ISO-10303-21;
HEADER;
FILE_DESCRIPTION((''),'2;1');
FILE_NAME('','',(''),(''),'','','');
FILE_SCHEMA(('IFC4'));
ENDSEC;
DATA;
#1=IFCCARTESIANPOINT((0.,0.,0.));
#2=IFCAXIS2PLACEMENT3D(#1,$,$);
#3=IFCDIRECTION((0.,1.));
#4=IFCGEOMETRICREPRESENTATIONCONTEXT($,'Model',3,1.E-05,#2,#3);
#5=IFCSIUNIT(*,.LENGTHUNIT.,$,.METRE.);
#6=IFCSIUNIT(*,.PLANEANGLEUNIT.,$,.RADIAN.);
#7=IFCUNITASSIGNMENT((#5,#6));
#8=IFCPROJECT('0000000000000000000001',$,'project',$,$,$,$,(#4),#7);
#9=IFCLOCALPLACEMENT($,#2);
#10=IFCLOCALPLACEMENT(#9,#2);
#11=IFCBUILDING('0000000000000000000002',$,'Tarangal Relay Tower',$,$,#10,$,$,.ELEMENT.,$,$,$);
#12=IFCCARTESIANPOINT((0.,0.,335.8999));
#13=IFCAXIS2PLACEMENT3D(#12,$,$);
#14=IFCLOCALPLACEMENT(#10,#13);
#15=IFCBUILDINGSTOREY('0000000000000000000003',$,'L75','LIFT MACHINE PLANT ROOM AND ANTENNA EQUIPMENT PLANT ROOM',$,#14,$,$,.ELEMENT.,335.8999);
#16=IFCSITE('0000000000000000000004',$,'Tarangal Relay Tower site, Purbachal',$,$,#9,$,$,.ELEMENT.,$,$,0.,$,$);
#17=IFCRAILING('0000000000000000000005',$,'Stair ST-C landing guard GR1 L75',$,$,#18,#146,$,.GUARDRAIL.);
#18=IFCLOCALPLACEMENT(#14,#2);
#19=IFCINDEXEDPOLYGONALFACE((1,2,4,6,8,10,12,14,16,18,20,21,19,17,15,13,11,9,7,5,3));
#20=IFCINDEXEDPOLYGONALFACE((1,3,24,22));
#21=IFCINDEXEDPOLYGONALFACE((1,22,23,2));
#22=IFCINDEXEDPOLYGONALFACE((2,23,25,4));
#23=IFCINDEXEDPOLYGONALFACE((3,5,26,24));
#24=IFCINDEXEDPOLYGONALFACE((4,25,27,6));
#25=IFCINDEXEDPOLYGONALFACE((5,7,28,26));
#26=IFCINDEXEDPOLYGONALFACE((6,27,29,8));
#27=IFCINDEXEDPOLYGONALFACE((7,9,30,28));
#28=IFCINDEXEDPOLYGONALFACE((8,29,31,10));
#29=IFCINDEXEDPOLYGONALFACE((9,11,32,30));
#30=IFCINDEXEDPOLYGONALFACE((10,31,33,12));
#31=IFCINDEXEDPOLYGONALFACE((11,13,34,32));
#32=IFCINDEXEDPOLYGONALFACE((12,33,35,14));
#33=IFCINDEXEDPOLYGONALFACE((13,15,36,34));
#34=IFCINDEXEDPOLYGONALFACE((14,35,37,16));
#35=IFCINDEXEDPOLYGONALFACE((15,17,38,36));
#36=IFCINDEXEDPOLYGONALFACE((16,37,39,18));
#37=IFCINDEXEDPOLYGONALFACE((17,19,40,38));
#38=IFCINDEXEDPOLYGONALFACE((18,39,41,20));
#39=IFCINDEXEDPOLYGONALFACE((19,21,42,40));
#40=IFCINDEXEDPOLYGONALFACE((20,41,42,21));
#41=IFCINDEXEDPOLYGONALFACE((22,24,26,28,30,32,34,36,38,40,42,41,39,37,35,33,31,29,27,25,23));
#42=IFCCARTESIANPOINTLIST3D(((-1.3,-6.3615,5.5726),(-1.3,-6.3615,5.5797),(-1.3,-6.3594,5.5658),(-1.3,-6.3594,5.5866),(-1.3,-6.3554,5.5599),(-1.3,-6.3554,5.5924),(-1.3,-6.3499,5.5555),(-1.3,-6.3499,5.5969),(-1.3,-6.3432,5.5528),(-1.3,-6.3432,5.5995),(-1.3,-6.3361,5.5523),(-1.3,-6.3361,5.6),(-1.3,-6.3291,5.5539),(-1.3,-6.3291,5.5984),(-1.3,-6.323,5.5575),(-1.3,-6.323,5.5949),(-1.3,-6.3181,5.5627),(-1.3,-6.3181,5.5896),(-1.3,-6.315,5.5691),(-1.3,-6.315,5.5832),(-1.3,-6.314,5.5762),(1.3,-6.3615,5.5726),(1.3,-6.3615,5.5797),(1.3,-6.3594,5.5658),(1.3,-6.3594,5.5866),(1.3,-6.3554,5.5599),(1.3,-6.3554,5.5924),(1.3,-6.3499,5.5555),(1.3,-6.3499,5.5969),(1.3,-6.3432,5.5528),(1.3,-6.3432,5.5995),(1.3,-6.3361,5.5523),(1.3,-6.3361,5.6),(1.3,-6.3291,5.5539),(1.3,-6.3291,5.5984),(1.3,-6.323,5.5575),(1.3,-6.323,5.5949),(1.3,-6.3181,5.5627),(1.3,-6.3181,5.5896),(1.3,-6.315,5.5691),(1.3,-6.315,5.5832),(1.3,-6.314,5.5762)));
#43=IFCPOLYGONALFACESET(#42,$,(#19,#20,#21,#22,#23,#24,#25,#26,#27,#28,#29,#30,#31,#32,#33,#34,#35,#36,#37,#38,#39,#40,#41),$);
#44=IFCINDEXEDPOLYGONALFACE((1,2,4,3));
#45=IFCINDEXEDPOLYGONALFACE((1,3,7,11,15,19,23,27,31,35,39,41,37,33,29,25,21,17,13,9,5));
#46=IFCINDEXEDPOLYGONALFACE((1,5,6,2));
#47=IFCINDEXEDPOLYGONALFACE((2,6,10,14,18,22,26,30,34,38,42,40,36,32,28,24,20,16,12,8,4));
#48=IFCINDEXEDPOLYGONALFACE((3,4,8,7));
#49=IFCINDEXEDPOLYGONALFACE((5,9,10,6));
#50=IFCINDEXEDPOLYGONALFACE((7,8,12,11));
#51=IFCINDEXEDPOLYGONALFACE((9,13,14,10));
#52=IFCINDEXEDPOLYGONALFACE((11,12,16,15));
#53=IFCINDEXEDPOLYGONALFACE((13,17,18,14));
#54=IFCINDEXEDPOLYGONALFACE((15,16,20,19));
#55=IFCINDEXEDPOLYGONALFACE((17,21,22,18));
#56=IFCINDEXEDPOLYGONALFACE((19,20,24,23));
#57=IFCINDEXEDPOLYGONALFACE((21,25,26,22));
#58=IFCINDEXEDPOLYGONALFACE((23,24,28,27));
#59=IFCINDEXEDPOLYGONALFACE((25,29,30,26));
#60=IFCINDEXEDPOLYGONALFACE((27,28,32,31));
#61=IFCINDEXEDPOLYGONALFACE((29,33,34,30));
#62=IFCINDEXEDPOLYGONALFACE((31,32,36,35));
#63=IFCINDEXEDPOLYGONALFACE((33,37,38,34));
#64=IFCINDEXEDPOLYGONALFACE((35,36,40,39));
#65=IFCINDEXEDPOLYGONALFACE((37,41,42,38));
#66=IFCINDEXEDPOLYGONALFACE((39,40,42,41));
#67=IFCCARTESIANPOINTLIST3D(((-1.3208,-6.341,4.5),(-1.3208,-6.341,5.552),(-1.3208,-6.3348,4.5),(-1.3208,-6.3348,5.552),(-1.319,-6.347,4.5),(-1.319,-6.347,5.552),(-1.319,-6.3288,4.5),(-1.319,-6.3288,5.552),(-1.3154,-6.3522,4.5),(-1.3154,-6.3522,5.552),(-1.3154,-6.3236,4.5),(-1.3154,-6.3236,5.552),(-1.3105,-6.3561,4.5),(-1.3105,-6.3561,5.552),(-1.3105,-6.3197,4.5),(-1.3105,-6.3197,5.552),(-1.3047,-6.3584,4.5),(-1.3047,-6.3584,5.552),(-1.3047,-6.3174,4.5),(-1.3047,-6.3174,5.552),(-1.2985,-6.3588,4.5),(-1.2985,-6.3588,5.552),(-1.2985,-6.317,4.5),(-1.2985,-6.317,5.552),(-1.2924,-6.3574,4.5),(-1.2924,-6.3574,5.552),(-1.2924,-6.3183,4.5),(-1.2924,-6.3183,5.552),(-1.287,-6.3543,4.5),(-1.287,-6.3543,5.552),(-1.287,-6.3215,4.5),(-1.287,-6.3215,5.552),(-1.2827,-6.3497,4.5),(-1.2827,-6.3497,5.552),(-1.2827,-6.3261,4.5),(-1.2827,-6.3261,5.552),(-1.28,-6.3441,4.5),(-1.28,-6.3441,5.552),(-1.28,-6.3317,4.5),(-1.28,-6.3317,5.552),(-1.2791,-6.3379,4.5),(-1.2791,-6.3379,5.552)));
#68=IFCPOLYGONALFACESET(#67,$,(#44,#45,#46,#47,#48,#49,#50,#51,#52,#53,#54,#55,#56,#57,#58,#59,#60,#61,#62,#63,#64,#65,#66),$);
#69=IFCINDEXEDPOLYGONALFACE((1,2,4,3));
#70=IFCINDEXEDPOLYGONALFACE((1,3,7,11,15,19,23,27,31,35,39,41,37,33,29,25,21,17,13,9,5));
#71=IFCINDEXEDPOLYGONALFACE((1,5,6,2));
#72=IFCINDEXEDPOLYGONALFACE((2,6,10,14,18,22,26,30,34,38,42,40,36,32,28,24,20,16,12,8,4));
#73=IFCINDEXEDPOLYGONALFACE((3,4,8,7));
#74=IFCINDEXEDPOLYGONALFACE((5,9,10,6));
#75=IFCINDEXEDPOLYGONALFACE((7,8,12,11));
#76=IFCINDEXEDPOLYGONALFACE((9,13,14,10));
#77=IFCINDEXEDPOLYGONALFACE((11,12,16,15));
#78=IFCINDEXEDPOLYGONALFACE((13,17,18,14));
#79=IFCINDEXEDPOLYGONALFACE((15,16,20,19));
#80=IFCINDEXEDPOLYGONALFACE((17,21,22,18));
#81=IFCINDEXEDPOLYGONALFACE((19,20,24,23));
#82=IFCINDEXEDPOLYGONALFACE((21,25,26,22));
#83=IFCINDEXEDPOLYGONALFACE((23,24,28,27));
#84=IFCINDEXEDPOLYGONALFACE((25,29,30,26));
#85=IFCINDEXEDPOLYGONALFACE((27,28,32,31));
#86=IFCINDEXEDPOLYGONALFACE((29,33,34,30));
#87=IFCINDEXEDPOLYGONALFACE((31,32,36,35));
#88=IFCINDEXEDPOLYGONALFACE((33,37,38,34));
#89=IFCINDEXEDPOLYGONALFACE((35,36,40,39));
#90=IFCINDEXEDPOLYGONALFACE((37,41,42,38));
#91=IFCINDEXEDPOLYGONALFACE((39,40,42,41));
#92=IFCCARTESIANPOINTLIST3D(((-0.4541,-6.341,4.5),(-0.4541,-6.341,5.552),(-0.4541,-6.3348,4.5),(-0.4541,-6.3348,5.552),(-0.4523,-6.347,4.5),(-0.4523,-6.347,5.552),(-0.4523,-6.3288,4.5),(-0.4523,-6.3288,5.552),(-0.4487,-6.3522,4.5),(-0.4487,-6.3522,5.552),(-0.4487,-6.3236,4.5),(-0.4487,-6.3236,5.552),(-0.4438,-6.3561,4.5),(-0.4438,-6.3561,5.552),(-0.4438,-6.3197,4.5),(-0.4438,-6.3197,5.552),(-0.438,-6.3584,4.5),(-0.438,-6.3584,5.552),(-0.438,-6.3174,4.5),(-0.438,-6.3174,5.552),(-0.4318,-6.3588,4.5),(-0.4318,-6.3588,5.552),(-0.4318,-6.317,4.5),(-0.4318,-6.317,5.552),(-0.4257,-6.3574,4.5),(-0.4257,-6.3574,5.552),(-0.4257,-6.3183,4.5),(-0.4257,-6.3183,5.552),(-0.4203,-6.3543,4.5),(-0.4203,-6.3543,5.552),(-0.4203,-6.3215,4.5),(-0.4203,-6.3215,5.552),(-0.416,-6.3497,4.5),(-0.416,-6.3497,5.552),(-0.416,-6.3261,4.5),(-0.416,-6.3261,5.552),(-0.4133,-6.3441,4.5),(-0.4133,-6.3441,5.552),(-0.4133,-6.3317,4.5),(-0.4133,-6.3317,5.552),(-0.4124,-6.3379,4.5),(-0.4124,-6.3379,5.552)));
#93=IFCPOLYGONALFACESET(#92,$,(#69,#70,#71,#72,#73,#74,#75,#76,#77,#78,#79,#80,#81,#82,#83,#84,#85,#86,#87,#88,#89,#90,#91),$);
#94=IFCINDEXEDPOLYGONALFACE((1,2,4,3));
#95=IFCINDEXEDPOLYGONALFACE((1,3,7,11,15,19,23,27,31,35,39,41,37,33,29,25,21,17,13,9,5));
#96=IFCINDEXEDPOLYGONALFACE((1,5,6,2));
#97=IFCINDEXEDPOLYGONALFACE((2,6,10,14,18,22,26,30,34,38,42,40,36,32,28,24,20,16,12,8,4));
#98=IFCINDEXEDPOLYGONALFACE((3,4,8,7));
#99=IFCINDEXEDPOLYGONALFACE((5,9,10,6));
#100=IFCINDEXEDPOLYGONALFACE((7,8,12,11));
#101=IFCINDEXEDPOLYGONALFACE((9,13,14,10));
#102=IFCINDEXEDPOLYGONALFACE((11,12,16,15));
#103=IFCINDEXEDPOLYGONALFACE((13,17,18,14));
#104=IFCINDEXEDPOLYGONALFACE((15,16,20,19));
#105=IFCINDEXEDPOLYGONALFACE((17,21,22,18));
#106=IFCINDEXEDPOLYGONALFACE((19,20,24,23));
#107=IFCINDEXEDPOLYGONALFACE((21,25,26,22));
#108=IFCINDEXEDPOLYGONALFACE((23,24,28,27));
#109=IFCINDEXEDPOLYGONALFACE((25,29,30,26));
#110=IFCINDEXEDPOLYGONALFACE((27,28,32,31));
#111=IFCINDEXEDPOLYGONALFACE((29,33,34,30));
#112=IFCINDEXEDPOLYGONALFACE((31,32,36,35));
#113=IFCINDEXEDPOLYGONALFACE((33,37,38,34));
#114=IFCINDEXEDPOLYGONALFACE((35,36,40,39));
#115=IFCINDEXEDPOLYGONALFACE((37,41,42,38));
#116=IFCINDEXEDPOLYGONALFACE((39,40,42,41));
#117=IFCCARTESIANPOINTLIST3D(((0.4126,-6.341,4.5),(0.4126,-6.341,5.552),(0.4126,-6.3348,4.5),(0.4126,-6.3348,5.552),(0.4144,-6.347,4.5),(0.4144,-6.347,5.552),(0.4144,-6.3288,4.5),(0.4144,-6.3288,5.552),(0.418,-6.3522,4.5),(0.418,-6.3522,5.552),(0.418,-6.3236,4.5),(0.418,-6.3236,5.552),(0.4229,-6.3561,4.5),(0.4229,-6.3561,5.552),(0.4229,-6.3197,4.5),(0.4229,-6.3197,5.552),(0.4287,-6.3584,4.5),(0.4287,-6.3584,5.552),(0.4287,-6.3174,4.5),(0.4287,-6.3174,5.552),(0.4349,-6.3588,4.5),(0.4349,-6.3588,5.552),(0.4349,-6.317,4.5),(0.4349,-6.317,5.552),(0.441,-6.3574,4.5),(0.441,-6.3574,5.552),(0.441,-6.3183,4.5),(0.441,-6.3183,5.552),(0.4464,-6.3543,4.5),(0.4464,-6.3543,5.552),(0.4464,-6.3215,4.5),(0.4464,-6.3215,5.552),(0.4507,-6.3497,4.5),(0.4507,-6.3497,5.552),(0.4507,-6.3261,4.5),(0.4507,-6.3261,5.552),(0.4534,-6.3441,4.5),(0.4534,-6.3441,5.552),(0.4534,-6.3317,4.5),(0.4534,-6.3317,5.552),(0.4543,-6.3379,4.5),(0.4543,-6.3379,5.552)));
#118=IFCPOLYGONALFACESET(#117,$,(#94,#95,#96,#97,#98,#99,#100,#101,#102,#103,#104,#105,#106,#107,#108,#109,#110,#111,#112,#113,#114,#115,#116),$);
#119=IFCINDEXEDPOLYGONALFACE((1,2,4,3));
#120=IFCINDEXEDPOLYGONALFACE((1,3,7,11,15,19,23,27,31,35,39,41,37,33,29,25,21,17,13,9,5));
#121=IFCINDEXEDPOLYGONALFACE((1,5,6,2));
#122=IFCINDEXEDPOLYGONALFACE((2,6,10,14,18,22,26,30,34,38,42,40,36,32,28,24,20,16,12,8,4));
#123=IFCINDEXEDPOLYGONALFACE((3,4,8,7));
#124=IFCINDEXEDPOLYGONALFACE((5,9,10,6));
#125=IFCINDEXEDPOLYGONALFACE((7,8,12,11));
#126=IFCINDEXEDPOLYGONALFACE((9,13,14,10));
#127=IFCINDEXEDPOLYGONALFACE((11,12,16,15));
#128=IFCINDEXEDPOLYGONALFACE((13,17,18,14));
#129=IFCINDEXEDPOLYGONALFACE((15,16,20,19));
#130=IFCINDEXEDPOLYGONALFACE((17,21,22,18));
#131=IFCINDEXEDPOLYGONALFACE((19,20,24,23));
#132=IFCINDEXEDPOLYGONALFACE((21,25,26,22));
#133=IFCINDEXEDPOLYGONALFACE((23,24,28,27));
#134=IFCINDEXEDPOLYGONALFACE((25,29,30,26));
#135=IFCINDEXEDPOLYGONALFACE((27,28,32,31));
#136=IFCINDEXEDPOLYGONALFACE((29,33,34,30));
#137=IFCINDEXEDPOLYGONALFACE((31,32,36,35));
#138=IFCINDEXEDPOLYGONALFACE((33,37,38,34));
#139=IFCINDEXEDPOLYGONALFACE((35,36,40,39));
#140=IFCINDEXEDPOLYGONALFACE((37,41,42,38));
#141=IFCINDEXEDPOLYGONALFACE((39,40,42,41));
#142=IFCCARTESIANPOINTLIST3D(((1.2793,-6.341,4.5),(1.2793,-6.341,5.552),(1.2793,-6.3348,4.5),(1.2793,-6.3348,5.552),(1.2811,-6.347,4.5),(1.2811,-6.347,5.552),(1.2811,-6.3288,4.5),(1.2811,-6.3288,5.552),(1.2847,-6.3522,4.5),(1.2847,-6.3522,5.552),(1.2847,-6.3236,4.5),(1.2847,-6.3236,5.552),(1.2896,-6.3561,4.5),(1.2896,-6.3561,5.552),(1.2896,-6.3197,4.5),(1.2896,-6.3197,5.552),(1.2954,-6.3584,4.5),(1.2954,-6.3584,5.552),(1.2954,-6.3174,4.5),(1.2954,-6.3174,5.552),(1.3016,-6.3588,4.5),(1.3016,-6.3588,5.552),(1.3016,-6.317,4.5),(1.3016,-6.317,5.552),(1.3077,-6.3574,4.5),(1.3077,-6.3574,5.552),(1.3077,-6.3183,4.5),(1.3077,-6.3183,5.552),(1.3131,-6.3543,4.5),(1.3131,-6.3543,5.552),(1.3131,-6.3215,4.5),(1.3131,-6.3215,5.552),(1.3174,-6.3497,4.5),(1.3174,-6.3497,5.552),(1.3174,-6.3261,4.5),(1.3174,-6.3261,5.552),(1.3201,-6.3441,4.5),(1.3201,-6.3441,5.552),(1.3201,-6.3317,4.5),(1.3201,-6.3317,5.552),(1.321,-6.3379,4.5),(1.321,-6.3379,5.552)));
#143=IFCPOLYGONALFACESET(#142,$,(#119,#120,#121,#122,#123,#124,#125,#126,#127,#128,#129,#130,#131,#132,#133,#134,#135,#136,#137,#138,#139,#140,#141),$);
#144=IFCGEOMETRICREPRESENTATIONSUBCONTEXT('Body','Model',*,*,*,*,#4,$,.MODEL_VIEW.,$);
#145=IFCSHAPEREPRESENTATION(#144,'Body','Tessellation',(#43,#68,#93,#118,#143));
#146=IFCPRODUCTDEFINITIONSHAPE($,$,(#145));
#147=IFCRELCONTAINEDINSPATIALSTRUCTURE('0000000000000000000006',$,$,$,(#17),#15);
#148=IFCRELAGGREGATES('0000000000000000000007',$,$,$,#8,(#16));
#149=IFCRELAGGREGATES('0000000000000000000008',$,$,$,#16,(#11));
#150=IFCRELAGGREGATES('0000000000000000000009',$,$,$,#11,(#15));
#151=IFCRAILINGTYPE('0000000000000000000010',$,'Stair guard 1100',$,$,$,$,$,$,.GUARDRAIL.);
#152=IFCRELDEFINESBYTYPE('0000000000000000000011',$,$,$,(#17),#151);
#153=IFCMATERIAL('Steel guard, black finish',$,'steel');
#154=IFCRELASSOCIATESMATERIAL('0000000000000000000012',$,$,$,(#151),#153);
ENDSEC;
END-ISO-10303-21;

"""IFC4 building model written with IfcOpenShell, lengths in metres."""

from ifc_helpers import new_model, si_unit, direction, frame, origin, origin_2d, place, context, subcontext, project, spatial, circle, extrude, material, type_object, element, save


model = new_model("IFC4")

# Units and contexts
model_context = context("Model", 3, precision=1e-05, world=origin(), true_north=direction((0.0, 1.0)))
body_context = subcontext(model_context, "Body", "Model", "MODEL_VIEW")
ifc_project = project(units=[si_unit("LENGTHUNIT", "METRE"), si_unit("PLANEANGLEUNIT", "RADIAN")], contexts=[model_context])

# Site, building, storey
site_placement = place(None, origin())
site = spatial("IfcSite", under=ifc_project, at=site_placement, Name="Tarangal Relay Tower site, Purbachal", CompositionType="ELEMENT", RefElevation=0.0)
building_placement = place(site_placement, origin())
building = spatial("IfcBuilding", under=site, at=building_placement, Name="Tarangal Relay Tower", CompositionType="ELEMENT")
storey_placement = place(building_placement, frame((0.0, 0.0, 335.8999)))
storey = spatial("IfcBuildingStorey", under=building, at=storey_placement, Name="L75", Description="LIFT MACHINE PLANT ROOM AND ANTENNA EQUIPMENT PLANT ROOM", CompositionType="ELEMENT", Elevation=335.8999)

# Railing
ifc_material_1 = material(Name="Steel guard, black finish", Category="steel")
railing_type_1 = type_object("IfcRailingType", Name="Stair guard 1100", PredefinedType="GUARDRAIL", material=ifc_material_1)
for number, where, name in (
    (1, (-1.3, -6.3379, 4.5), "Stair ST-C landing guard GR1 L75"),
):
    element("IfcRailing", number, at=place(storey_placement, frame(where)), inside=storey, type_object=railing_type_1, Name=name, PredefinedType="GUARDRAIL", context=body_context, shape_type="SweptSolid", body=[
        extrude(circle(Radius=0.0239, at=origin_2d()), frame((0.0, 0.0, 1.0762), z_axis=(1.0, 0.0, 0.0), x_axis=(0.0, 1.0, 0.0)), (0.0, 0.0, 1.0), 2.6001),
        extrude(circle(Radius=0.021, at=origin_2d()), origin(), (0.0, 0.0, 1.0), 1.052),
        extrude(circle(Radius=0.021, at=origin_2d()), frame((0.8667, 0.0, 0.0)), (0.0, 0.0, 1.0), 1.052),
        extrude(circle(Radius=0.021, at=origin_2d()), frame((1.7334, 0.0, 0.0)), (0.0, 0.0, 1.0), 1.052),
        extrude(circle(Radius=0.021, at=origin_2d()), frame((2.6001, 0.0, 0.0)), (0.0, 0.0, 1.0), 1.052),
    ])

save(model, "model.ifc")
